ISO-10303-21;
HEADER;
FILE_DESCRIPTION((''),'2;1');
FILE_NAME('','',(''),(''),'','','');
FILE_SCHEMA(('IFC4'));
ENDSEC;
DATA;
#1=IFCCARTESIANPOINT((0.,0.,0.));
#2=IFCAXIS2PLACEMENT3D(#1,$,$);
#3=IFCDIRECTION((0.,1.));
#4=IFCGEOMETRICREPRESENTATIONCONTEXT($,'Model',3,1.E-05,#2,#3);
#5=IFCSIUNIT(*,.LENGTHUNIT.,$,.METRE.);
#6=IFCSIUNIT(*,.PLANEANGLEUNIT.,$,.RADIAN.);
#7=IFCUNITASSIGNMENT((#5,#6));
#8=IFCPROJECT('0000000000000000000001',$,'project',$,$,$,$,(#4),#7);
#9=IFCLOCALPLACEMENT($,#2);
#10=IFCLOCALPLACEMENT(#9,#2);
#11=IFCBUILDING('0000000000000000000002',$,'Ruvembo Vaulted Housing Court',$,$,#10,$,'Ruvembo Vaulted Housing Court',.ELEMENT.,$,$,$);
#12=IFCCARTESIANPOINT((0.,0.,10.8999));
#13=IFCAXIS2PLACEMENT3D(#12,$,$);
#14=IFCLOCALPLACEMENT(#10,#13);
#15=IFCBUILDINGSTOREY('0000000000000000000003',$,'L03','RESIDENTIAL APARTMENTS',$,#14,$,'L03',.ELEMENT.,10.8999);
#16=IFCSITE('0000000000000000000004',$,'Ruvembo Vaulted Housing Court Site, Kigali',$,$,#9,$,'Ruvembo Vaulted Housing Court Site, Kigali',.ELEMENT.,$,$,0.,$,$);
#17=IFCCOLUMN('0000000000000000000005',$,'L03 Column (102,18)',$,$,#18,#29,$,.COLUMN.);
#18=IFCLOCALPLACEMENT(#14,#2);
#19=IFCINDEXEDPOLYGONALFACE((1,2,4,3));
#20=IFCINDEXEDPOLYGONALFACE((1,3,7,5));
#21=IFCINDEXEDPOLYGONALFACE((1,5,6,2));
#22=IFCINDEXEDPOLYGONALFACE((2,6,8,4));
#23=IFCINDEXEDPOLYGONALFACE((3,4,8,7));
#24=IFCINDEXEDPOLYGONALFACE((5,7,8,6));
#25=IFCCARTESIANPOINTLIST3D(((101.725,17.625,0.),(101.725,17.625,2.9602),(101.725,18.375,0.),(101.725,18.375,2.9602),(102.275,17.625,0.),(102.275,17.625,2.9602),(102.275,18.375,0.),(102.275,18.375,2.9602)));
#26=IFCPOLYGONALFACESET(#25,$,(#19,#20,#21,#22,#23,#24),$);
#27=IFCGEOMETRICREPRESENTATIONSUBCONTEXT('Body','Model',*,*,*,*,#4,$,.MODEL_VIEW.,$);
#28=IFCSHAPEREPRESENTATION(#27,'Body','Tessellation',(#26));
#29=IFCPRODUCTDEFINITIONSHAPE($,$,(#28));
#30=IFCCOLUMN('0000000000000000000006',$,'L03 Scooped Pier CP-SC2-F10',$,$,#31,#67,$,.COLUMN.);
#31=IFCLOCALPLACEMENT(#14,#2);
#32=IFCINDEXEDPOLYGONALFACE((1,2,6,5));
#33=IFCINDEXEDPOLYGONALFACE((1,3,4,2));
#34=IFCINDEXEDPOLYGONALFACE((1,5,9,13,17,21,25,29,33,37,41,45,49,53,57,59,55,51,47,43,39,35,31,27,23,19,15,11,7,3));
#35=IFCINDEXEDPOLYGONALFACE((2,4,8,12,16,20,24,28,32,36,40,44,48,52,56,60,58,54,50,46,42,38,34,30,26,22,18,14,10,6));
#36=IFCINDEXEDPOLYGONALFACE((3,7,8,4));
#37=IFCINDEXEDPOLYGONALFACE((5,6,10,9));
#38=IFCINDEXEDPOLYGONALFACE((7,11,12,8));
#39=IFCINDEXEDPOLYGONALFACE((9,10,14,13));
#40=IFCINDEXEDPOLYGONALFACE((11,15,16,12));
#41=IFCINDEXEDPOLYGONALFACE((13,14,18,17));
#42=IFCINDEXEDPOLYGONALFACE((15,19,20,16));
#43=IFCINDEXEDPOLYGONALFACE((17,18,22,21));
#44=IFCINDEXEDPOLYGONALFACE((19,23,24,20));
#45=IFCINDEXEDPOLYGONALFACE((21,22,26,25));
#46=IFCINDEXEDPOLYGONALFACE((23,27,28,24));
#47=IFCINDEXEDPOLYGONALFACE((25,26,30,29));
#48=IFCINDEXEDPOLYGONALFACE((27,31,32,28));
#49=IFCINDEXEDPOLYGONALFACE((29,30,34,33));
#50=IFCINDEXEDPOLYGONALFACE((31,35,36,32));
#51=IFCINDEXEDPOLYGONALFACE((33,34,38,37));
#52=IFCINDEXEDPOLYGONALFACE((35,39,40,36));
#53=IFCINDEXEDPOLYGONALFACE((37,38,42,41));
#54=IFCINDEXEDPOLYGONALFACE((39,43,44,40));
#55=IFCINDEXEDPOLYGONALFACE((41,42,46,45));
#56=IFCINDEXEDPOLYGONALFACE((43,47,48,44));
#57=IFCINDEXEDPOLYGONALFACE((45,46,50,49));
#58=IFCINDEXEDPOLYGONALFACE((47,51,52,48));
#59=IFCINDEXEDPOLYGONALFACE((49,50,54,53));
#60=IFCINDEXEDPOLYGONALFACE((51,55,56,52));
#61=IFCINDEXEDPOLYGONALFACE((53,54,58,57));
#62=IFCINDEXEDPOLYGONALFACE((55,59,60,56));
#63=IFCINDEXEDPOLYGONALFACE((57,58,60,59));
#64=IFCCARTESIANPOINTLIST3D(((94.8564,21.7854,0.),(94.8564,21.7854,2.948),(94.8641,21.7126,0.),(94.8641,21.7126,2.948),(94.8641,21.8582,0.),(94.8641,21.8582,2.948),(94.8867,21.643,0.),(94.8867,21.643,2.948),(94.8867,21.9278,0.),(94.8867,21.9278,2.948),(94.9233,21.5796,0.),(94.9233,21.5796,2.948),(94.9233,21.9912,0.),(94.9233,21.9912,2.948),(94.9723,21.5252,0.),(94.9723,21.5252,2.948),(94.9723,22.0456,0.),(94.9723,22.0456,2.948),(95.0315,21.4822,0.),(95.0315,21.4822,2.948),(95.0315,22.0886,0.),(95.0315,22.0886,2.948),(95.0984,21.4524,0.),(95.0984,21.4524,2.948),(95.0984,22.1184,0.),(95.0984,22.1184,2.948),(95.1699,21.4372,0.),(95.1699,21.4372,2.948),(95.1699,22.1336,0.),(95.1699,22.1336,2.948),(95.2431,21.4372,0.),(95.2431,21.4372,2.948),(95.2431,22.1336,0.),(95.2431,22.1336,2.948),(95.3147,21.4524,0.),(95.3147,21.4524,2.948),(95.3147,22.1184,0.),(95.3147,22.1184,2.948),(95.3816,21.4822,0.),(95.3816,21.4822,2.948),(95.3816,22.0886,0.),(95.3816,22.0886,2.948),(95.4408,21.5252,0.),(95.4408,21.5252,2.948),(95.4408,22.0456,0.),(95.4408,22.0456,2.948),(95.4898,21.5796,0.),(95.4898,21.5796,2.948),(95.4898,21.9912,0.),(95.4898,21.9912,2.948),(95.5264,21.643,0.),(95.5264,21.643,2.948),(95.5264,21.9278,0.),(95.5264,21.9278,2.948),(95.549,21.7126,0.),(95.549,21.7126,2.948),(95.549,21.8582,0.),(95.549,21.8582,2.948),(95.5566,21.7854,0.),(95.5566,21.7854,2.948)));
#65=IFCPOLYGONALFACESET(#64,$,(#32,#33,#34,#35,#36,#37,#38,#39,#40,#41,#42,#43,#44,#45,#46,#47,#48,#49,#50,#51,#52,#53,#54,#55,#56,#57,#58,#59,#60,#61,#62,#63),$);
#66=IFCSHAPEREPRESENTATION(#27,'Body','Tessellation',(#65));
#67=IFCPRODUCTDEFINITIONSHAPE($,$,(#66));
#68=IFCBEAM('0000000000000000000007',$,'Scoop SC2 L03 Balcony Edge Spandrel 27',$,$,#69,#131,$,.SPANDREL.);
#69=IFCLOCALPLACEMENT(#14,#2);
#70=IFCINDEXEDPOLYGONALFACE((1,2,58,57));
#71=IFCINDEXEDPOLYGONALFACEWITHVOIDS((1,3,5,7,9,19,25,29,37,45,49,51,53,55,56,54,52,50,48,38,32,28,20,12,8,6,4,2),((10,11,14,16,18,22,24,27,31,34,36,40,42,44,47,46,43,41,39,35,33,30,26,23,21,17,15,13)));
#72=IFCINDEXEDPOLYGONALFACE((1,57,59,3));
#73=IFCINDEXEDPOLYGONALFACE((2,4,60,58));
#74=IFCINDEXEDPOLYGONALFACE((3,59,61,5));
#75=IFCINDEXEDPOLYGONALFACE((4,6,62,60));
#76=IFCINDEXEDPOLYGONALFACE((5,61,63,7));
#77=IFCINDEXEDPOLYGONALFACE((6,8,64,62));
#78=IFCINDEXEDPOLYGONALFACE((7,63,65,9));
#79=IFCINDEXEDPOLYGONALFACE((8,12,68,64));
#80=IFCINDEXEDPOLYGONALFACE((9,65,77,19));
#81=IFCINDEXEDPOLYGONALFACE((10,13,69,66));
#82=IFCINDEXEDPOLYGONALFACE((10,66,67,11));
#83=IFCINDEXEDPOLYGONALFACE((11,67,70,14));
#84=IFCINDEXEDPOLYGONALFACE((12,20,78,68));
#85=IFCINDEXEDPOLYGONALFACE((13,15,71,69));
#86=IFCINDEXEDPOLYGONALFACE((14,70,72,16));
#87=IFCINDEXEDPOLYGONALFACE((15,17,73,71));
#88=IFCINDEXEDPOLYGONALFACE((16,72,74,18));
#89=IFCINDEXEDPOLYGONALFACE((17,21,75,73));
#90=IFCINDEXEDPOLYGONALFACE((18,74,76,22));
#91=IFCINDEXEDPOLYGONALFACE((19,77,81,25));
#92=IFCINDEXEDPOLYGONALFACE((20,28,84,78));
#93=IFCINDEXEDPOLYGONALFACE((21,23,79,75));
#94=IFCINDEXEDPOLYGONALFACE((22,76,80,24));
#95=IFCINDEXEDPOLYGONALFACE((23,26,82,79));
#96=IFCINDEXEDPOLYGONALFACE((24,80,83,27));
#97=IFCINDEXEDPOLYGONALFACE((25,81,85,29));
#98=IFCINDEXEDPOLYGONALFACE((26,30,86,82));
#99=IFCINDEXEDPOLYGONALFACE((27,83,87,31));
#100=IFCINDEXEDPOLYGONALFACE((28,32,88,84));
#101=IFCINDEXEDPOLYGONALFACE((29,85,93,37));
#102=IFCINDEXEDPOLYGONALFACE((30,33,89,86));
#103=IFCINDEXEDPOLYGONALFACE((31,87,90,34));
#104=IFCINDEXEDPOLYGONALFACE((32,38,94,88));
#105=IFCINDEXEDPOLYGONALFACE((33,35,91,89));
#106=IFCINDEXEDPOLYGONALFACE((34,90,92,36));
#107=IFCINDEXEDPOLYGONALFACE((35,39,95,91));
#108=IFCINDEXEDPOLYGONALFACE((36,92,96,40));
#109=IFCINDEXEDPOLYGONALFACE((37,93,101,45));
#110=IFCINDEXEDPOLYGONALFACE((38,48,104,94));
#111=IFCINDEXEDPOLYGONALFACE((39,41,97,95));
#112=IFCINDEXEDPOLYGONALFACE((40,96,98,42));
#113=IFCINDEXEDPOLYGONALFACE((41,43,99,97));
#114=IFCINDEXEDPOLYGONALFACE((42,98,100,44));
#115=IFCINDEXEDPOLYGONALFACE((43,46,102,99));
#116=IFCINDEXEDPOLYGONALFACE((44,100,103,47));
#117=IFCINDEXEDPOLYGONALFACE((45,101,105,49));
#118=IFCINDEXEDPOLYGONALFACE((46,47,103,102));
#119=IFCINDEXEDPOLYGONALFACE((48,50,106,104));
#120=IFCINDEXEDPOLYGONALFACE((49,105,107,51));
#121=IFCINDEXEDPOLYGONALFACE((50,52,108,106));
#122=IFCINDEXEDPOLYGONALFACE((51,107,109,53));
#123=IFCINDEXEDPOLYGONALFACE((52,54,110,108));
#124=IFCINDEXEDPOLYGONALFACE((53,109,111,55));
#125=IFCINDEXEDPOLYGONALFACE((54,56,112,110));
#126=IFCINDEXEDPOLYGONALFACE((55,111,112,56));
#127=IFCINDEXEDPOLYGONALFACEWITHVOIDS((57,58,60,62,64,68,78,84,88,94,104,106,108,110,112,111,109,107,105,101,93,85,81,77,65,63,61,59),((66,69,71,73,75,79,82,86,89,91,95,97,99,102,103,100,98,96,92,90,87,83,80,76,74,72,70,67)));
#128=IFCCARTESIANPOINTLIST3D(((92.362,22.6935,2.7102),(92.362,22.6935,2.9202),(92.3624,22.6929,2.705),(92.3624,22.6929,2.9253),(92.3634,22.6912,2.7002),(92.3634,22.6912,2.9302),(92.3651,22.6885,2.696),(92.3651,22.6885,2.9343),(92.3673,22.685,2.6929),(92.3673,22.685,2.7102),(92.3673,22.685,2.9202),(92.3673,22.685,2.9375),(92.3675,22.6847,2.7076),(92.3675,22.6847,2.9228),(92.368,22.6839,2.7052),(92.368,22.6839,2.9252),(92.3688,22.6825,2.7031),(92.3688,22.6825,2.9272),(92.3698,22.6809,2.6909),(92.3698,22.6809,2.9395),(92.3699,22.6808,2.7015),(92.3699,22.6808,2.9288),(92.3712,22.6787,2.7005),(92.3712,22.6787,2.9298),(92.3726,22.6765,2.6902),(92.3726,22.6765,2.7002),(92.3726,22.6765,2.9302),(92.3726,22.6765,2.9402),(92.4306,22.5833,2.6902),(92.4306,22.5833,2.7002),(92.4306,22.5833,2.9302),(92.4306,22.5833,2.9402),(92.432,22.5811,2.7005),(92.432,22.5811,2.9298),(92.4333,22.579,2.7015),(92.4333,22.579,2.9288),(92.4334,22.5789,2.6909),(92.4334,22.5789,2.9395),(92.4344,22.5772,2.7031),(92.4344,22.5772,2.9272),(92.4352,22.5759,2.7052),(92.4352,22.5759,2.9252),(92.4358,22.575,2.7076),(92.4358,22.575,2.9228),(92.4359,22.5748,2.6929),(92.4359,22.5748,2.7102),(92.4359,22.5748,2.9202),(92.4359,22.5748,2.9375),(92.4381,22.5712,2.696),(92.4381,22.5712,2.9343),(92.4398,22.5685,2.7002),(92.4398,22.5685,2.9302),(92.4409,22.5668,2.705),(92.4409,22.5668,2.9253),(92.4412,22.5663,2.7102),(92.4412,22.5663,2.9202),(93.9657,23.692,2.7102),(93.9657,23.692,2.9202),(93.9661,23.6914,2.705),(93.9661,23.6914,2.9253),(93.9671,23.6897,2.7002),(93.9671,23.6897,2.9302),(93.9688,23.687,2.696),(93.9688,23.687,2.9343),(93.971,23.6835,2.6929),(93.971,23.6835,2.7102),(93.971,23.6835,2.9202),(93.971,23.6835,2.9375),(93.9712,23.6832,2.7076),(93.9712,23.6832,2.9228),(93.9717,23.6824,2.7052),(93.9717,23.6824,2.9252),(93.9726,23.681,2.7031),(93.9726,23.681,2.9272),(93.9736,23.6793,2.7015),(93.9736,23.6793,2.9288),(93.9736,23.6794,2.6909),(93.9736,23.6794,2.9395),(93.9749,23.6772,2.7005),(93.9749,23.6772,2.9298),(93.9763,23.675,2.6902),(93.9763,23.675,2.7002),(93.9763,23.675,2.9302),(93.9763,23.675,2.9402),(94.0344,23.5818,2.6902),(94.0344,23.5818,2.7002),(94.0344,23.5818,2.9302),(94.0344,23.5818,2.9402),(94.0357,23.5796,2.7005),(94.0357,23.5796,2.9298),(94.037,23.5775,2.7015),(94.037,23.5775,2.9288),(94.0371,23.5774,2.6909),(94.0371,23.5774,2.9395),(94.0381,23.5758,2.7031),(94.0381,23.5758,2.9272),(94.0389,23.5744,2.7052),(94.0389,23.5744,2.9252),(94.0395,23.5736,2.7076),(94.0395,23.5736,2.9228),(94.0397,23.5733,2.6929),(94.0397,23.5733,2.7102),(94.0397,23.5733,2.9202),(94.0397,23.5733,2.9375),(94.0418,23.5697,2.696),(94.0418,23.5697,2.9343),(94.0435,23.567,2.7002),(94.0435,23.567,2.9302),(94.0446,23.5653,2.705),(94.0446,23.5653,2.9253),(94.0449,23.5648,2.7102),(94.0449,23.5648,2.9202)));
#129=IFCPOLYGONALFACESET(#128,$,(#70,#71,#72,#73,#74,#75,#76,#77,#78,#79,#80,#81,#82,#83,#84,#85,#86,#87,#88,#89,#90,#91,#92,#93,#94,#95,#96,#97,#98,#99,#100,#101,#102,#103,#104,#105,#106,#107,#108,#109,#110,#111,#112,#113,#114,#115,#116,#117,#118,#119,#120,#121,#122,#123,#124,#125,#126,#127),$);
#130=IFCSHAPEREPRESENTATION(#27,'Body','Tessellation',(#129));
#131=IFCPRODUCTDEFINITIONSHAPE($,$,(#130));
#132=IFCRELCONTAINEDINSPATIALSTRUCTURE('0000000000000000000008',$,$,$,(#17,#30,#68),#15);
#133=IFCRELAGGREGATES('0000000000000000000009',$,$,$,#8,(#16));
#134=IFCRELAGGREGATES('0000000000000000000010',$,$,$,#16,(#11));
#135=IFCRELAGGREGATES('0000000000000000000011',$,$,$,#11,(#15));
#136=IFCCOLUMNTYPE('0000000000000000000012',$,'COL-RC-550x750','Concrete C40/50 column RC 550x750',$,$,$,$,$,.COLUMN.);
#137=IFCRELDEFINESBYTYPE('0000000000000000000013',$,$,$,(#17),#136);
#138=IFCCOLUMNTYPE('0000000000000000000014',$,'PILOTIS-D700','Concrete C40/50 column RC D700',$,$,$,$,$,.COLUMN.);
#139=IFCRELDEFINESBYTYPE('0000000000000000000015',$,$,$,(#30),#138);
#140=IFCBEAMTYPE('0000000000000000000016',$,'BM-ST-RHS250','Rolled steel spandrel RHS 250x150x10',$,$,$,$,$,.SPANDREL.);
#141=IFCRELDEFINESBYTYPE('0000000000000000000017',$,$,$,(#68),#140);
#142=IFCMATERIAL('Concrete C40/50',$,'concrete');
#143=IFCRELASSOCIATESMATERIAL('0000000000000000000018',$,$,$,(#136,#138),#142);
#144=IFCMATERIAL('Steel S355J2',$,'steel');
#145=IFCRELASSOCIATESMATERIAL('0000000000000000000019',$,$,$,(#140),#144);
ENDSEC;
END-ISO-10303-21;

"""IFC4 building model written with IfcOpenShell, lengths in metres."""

from ifc_helpers import new_model, si_unit, direction, frame, origin, origin_2d, place, context, subcontext, project, spatial, rectangle, hollow_rectangle, circle, extrude, material, material_profile, profile_set, type_object, element, save


model = new_model("IFC4")

# Units and contexts
model_context = context("Model", 3, precision=1e-05, world=origin(), true_north=direction((0.0, 1.0)))
body_context = subcontext(model_context, "Body", "Model", "MODEL_VIEW")
ifc_project = project(units=[si_unit("LENGTHUNIT", "METRE"), si_unit("PLANEANGLEUNIT", "RADIAN")], contexts=[model_context])

# Site, building, storey
site_placement = place(None, origin())
site = spatial("IfcSite", under=ifc_project, at=site_placement, Name="Ruvembo Vaulted Housing Court Site, Kigali", LongName="Ruvembo Vaulted Housing Court Site, Kigali", CompositionType="ELEMENT", RefElevation=0.0)
building_placement = place(site_placement, origin())
building = spatial("IfcBuilding", under=site, at=building_placement, Name="Ruvembo Vaulted Housing Court", LongName="Ruvembo Vaulted Housing Court", CompositionType="ELEMENT")
storey_placement = place(building_placement, frame((0.0, 0.0, 10.8999)))
storey = spatial("IfcBuildingStorey", under=building, at=storey_placement, Name="L03", Description="RESIDENTIAL APARTMENTS", LongName="L03", CompositionType="ELEMENT", Elevation=10.8999)

# Columns
ifc_material_1 = material(Name="Concrete C40/50", Category="concrete")
ifc_material_profile_1 = material_profile(ifc_material_1, rectangle(XDim=0.55, YDim=0.75, at=origin_2d()), Name="RC 550x750")
ifc_profile_set_1 = profile_set([ifc_material_profile_1], Name="Concrete C40/50")
column_type_1 = type_object("IfcColumnType", Name="COL-RC-550x750", Description="Concrete C40/50 column RC 550x750", PredefinedType="COLUMN", material=ifc_profile_set_1)
column_1_placement = place(storey_placement, frame((102.0, 18.0, 0.0), z_axis=(0.0, 0.0, 1.0), x_axis=(1.0, 0.0, 0.0)))
element("IfcColumn", 1, at=column_1_placement, inside=storey, type_object=column_type_1, Name="L03 Column (102,18)", PredefinedType="COLUMN", context=body_context, shape_type="SweptSolid", body=[
    extrude(rectangle(XDim=0.55, YDim=0.75, at=origin_2d()), origin(), (0.0, 0.0, 1.0), 2.9602),
])
ifc_material_profile_2 = material_profile(ifc_material_1, circle(Radius=0.3501, at=origin_2d()), Name="RC D700")
ifc_profile_set_2 = profile_set([ifc_material_profile_2], Name="Concrete C40/50")
column_type_2 = type_object("IfcColumnType", Name="PILOTIS-D700", Description="Concrete C40/50 column RC D700", PredefinedType="COLUMN", material=ifc_profile_set_2)
column_2_placement = place(storey_placement, frame((95.2065, 21.7854, 0.0), z_axis=(0.0, 0.0, 1.0), x_axis=(1.0, 0.0, 0.0)))
element("IfcColumn", 2, at=column_2_placement, inside=storey, type_object=column_type_2, Name="L03 Scooped Pier CP-SC2-F10", PredefinedType="COLUMN", context=body_context, shape_type="SweptSolid", body=[
    extrude(circle(Radius=0.3501, at=origin_2d()), origin(), (0.0, 0.0, 1.0), 2.948),
])

# Beam
ifc_material_2 = material(Name="Steel S355J2", Category="steel")
ifc_material_profile_3 = material_profile(ifc_material_2, hollow_rectangle(XDim=0.1499, YDim=0.25, WallThickness=0.01, InnerFilletRadius=0.01, OuterFilletRadius=0.02, at=origin_2d()), Name="RHS 250x150x10")
ifc_profile_set_3 = profile_set([ifc_material_profile_3], Name="Steel S355J2")
beam_type_1 = type_object("IfcBeamType", Name="BM-ST-RHS250", Description="Rolled steel spandrel RHS 250x150x10", PredefinedType="SPANDREL", material=ifc_profile_set_3)
beam_1_placement = place(storey_placement, frame((92.4016, 22.6299, 2.8152), z_axis=(0.848905, 0.528546, 0.0), x_axis=(-0.528546, 0.848905, 0.0)))
element("IfcBeam", 3, at=beam_1_placement, inside=storey, type_object=beam_type_1, Name="Scoop SC2 L03 Balcony Edge Spandrel 27", PredefinedType="SPANDREL", context=body_context, shape_type="SweptSolid", body=[
    extrude(hollow_rectangle(XDim=0.1499, YDim=0.25, WallThickness=0.01, InnerFilletRadius=0.01, OuterFilletRadius=0.02, at=origin_2d()), origin(), (0.0, 0.0, 1.0), 1.8892),
])

save(model, "model.ifc")
